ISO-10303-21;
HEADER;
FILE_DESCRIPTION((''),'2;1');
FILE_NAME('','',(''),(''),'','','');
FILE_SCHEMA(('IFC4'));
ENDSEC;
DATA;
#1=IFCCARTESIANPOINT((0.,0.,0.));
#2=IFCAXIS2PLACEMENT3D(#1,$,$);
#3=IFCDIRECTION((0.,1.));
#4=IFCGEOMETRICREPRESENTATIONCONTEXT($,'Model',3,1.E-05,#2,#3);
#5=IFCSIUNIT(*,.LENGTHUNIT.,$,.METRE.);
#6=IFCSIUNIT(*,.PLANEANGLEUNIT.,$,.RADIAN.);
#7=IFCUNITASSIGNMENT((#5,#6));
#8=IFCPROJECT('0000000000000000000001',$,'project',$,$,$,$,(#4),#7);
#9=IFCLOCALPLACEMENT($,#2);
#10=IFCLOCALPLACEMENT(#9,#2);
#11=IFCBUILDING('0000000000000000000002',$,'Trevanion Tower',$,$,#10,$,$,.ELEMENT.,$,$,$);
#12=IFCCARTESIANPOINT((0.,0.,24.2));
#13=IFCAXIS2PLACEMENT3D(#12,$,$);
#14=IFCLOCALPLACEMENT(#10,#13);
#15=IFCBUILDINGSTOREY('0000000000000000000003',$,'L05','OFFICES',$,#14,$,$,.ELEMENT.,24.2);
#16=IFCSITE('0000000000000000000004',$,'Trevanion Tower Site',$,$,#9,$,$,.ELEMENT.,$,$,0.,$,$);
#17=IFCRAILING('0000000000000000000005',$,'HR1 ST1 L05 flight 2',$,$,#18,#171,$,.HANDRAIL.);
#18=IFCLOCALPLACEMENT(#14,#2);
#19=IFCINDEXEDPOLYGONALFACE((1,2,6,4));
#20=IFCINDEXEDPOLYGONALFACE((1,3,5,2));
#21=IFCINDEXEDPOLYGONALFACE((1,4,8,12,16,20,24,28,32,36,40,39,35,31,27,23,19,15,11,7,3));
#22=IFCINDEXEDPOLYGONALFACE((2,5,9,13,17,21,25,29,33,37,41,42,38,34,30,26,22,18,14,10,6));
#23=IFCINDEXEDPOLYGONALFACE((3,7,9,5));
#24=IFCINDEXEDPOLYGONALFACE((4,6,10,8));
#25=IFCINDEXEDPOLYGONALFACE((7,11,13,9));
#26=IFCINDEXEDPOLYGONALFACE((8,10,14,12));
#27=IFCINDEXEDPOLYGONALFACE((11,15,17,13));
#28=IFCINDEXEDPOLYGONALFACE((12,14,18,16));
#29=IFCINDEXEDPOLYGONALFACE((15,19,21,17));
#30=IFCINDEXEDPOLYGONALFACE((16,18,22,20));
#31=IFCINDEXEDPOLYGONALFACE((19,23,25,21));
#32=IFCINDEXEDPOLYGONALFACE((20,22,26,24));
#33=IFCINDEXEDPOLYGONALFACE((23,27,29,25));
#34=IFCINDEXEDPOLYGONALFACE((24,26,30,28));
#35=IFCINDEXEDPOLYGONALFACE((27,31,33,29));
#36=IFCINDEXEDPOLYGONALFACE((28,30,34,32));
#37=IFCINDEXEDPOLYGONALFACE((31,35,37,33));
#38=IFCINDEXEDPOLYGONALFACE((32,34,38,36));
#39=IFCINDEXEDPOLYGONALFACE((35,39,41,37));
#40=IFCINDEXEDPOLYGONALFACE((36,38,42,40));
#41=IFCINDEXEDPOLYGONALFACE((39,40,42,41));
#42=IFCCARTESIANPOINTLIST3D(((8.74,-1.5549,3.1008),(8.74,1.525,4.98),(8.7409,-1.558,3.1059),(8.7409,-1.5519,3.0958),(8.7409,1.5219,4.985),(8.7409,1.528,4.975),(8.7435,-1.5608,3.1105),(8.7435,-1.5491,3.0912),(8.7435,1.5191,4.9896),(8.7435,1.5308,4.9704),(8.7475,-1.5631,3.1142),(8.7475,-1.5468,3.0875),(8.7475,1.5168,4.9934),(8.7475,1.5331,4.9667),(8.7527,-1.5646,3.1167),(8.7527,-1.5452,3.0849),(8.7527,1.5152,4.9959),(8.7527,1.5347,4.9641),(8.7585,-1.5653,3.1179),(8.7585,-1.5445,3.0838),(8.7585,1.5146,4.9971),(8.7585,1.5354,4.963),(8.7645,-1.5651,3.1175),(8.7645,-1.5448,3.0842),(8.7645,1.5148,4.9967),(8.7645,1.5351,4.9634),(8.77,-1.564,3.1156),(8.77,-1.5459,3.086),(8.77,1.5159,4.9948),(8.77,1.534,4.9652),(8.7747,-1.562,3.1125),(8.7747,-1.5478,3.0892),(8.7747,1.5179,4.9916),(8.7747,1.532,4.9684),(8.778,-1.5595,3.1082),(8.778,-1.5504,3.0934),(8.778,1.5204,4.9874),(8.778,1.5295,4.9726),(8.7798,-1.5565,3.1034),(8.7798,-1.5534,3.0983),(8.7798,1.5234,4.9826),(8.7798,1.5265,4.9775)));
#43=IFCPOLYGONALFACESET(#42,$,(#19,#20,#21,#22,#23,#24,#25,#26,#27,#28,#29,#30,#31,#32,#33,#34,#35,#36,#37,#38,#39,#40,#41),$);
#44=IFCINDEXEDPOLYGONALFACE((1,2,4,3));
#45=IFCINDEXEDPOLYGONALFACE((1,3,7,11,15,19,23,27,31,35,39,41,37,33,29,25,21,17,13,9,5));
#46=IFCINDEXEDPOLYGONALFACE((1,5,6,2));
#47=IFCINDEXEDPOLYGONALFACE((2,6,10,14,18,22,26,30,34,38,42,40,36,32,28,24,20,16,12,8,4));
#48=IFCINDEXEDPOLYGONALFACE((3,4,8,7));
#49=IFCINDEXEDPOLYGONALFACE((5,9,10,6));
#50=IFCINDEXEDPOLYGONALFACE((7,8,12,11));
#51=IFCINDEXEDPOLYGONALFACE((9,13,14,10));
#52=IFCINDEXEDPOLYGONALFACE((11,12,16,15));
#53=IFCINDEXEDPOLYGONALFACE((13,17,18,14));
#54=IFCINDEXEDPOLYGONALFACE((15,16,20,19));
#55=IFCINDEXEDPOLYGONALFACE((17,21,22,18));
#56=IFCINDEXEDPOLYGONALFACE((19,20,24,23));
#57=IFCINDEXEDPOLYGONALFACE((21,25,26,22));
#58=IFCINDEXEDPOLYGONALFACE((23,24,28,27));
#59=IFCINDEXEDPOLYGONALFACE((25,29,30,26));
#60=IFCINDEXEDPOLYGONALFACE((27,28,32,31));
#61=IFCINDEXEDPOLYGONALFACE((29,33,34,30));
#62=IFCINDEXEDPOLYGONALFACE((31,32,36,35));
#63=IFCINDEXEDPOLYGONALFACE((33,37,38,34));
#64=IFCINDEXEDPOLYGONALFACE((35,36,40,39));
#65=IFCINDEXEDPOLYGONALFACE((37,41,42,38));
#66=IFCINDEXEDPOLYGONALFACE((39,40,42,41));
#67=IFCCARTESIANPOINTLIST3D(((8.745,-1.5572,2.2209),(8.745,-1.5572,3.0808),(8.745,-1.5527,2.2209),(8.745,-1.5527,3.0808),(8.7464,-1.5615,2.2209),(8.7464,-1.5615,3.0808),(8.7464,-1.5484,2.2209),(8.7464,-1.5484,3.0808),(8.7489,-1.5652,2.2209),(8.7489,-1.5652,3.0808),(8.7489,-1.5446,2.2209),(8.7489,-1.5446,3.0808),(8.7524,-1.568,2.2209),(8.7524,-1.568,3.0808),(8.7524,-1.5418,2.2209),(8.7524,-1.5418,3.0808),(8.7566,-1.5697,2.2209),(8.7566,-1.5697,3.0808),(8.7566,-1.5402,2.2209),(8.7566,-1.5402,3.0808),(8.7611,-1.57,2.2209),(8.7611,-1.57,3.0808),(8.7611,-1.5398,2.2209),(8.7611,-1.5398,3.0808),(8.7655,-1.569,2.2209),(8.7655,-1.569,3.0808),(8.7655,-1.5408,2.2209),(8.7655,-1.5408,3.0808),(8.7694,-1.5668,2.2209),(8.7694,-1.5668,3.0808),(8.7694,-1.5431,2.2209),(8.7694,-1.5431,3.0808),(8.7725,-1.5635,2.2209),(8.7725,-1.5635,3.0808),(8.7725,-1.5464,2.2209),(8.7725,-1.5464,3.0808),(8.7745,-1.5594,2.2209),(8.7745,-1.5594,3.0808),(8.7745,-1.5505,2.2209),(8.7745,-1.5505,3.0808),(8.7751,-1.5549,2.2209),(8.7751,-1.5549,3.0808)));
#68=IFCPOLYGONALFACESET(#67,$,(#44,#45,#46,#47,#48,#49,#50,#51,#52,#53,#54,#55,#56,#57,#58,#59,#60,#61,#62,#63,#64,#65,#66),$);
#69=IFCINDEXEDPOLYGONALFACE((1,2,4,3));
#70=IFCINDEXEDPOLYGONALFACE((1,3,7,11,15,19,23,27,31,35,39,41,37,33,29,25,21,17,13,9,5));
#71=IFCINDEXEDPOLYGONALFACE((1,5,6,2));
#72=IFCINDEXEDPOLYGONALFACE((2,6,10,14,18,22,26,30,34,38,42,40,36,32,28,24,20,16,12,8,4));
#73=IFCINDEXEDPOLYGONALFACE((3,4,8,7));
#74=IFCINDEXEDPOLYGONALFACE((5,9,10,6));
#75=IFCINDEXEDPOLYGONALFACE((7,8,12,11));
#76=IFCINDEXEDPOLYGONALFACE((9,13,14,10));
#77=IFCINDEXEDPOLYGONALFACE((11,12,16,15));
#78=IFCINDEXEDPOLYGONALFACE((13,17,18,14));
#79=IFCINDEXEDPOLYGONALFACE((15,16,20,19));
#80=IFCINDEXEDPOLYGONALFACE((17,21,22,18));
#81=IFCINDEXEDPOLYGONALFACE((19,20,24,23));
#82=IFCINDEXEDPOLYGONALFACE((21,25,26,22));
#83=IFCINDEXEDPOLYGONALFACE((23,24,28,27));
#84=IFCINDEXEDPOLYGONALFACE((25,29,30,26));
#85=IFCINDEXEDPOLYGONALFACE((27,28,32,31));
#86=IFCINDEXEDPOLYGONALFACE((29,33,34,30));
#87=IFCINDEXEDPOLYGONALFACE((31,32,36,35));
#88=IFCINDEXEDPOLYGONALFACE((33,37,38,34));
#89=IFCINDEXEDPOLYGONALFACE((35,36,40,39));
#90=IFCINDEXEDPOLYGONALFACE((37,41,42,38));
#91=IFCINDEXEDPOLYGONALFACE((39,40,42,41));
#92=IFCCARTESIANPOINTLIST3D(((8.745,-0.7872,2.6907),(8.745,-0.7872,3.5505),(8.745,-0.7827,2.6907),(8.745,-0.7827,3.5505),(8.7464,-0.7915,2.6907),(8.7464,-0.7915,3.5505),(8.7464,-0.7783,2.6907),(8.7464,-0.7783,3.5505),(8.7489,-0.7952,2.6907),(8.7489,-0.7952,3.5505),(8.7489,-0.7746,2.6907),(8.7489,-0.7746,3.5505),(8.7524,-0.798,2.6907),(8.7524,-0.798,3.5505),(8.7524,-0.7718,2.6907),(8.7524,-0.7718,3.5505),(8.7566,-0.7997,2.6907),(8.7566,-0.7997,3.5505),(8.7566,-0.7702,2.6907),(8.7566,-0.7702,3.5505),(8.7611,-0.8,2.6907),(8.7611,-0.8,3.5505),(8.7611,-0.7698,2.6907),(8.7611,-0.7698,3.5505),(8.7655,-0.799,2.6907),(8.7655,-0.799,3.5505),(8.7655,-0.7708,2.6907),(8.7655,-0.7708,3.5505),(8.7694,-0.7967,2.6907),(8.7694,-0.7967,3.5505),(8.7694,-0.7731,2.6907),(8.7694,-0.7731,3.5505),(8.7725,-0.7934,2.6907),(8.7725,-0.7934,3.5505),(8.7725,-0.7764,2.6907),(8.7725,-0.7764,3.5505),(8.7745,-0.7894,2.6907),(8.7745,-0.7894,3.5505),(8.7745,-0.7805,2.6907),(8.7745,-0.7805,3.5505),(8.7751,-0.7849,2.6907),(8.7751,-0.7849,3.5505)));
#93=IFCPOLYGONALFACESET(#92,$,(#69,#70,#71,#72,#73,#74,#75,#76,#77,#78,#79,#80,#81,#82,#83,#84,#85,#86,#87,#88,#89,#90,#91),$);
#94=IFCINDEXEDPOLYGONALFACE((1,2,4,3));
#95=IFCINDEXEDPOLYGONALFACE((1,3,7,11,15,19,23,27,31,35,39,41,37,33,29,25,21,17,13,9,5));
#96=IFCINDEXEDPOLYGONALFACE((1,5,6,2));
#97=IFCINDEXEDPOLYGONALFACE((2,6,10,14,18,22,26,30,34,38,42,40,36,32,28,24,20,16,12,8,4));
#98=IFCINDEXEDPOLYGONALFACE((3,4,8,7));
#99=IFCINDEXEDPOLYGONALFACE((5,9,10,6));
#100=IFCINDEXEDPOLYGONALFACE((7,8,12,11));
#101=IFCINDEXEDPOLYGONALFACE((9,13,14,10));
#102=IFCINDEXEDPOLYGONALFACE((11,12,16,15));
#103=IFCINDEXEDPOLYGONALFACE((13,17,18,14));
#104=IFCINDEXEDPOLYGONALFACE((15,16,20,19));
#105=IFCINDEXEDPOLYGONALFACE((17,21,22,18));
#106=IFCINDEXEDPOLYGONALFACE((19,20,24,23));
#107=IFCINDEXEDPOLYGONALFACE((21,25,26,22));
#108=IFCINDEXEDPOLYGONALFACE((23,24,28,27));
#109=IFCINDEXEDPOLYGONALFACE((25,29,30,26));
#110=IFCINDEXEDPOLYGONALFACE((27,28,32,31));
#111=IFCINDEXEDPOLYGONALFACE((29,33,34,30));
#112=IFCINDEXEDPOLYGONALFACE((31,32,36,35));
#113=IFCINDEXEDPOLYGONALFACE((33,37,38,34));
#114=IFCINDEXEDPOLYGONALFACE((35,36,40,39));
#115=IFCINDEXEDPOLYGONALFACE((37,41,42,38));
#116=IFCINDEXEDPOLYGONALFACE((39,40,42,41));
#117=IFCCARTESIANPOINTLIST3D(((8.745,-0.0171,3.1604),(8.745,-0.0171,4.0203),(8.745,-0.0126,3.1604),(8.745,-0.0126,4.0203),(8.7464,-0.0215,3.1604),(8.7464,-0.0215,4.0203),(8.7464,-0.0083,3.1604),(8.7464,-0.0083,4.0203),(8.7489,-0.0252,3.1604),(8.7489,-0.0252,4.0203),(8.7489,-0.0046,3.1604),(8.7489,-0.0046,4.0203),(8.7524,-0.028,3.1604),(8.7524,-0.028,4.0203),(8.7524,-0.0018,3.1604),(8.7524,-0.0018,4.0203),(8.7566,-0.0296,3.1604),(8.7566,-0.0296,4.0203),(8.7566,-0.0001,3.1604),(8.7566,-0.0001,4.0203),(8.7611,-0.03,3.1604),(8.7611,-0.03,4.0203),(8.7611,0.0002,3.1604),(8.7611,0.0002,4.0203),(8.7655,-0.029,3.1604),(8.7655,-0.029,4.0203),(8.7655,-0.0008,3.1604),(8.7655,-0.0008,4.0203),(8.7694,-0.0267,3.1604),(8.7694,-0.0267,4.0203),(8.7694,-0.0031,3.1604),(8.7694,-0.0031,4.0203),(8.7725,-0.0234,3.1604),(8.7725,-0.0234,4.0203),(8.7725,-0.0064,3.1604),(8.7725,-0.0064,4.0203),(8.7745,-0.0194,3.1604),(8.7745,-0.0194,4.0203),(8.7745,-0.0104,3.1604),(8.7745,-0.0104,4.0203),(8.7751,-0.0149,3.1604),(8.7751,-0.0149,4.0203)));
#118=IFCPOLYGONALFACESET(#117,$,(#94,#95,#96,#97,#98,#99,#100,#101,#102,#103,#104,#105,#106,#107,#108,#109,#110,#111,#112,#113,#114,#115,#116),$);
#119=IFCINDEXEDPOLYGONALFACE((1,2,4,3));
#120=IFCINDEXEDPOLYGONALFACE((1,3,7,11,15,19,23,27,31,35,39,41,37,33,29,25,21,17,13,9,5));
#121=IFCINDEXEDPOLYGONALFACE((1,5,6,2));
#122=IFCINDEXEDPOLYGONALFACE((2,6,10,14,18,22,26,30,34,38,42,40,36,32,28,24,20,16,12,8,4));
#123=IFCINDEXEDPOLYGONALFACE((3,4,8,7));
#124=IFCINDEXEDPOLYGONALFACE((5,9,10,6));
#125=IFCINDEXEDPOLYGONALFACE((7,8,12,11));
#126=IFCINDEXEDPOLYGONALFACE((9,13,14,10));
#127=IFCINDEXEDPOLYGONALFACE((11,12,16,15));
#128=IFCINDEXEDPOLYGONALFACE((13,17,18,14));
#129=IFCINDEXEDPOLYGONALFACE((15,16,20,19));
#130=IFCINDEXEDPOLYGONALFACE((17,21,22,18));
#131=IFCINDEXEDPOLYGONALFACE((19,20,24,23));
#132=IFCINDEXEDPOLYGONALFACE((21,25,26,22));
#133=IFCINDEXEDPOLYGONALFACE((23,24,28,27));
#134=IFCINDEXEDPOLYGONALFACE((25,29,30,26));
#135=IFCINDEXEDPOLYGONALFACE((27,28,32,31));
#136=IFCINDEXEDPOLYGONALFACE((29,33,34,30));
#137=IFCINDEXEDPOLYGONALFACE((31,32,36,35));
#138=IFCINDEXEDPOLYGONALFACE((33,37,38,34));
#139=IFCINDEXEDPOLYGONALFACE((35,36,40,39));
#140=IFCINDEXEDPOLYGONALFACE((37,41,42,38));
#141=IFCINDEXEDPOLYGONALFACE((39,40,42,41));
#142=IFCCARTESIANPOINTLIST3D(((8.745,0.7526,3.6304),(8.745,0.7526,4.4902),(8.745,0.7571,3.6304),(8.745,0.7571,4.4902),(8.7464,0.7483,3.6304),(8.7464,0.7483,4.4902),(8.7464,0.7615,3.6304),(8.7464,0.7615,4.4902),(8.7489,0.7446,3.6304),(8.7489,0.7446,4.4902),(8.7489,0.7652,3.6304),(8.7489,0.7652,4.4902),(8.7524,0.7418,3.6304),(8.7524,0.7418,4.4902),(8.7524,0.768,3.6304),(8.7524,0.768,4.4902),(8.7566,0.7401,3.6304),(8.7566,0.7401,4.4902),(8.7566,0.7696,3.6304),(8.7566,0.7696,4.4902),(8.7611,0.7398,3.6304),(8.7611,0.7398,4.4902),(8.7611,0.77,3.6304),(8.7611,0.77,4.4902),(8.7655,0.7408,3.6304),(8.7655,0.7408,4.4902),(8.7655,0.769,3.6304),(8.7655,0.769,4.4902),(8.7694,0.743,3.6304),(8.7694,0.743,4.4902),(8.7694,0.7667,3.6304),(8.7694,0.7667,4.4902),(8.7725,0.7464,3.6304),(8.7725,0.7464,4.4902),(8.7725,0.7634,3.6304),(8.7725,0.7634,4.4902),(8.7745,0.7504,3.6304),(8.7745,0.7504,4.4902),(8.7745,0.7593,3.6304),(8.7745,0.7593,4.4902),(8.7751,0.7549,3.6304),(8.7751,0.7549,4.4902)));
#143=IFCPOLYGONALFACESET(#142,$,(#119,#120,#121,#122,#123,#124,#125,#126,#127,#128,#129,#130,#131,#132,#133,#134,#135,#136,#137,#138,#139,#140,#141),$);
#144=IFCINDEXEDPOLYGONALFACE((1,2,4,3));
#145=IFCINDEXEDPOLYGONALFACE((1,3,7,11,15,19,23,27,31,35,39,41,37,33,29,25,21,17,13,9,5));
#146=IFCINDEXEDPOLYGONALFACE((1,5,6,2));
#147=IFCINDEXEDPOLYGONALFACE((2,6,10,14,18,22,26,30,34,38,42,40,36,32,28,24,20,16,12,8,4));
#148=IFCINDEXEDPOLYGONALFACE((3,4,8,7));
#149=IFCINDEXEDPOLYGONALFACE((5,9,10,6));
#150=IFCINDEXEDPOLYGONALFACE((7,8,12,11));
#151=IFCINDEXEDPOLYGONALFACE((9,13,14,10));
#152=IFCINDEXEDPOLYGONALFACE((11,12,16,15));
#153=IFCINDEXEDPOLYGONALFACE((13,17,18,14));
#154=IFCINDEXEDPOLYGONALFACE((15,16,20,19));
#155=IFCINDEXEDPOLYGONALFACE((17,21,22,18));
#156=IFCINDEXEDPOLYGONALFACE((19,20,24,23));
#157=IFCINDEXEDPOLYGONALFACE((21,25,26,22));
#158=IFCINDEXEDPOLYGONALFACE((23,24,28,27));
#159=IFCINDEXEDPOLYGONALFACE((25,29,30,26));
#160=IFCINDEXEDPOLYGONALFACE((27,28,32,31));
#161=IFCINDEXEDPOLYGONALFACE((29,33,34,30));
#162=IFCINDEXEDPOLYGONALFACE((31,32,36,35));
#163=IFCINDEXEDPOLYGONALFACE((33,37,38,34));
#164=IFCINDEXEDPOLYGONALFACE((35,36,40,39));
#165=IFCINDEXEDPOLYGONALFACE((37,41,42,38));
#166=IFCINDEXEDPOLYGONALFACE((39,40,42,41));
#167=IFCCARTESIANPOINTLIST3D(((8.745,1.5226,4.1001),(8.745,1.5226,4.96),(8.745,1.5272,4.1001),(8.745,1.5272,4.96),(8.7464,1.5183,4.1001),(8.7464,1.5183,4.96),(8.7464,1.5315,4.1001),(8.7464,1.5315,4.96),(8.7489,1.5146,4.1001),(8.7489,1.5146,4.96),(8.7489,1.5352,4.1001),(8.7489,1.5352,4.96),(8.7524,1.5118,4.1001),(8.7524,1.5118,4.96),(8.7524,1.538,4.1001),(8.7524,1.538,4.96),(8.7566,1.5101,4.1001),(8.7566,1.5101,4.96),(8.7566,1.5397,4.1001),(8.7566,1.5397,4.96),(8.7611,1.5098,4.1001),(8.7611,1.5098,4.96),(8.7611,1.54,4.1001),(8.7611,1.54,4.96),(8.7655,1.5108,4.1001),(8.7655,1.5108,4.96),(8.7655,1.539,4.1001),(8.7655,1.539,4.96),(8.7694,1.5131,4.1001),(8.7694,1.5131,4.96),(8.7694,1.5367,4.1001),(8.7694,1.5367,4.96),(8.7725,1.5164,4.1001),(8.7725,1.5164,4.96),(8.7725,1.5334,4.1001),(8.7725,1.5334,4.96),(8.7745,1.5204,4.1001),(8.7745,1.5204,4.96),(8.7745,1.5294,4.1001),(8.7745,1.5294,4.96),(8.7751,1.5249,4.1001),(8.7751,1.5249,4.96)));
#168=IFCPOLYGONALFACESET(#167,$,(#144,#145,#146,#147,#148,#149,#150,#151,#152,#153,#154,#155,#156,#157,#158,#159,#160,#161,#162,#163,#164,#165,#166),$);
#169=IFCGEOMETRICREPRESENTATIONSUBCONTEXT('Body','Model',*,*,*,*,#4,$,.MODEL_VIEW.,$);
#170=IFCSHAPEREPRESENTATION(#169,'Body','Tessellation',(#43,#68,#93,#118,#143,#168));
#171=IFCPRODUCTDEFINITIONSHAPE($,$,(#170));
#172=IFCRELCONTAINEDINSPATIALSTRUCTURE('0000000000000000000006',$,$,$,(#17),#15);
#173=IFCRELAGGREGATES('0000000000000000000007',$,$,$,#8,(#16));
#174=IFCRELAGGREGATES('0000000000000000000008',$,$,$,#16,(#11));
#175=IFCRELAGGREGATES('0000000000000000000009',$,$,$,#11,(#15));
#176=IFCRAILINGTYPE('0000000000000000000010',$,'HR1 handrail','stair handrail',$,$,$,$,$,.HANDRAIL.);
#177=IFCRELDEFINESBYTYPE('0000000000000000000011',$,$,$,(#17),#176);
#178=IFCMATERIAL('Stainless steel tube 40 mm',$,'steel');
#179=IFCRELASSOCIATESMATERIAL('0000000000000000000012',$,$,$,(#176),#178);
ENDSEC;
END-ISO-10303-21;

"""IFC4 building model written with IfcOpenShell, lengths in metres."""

from ifc_helpers import new_model, si_unit, direction, frame, origin, origin_2d, place, context, subcontext, project, spatial, circle, extrude, material, type_object, element, save


model = new_model("IFC4")

# Units and contexts
model_context = context("Model", 3, precision=1e-05, world=origin(), true_north=direction((0.0, 1.0)))
body_context = subcontext(model_context, "Body", "Model", "MODEL_VIEW")
ifc_project = project(units=[si_unit("LENGTHUNIT", "METRE"), si_unit("PLANEANGLEUNIT", "RADIAN")], contexts=[model_context])

# Site, building, storey
site_placement = place(None, origin())
site = spatial("IfcSite", under=ifc_project, at=site_placement, Name="Trevanion Tower Site", CompositionType="ELEMENT", RefElevation=0.0)
building_placement = place(site_placement, origin())
building = spatial("IfcBuilding", under=site, at=building_placement, Name="Trevanion Tower", CompositionType="ELEMENT")
storey_placement = place(building_placement, frame((0.0, 0.0, 24.2)))
storey = spatial("IfcBuildingStorey", under=building, at=storey_placement, Name="L05", Description="OFFICES", CompositionType="ELEMENT", Elevation=24.2)

# Railing
ifc_material_1 = material(Name="Stainless steel tube 40 mm", Category="steel")
railing_type = type_object("IfcRailingType", Name="HR1 handrail", Description="stair handrail", PredefinedType="HANDRAIL", material=ifc_material_1)
for number, where, name in (
    (1, (8.76, -1.5549, 2.2209), "HR1 ST1 L05 flight 2"),
):
    element("IfcRailing", number, at=place(storey_placement, frame(where)), inside=storey, type_object=railing_type, Name=name, PredefinedType="HANDRAIL", context=body_context, shape_type="SweptSolid", body=[
        extrude(circle(Radius=0.02, at=origin_2d()), frame((0.0, 0.0, 0.8799), z_axis=(0.0, 0.853648, 0.52085), x_axis=(-1.0, 0.0, 0.0)), (0.0, 0.0, 1.0), 3.6079),
        extrude(circle(Radius=0.0151, at=origin_2d()), origin(), (0.0, 0.0, 1.0), 0.8599),
        extrude(circle(Radius=0.0151, at=origin_2d()), frame((0.0, 0.77, 0.4697)), (0.0, 0.0, 1.0), 0.8599),
        extrude(circle(Radius=0.0151, at=origin_2d()), frame((0.0, 1.54, 0.9395)), (0.0, 0.0, 1.0), 0.8599),
        extrude(circle(Radius=0.0151, at=origin_2d()), frame((0.0, 2.3098, 1.4094)), (0.0, 0.0, 1.0), 0.8599),
        extrude(circle(Radius=0.0151, at=origin_2d()), frame((0.0, 3.0798, 1.8792)), (0.0, 0.0, 1.0), 0.8599),
    ])

save(model, "model.ifc")
